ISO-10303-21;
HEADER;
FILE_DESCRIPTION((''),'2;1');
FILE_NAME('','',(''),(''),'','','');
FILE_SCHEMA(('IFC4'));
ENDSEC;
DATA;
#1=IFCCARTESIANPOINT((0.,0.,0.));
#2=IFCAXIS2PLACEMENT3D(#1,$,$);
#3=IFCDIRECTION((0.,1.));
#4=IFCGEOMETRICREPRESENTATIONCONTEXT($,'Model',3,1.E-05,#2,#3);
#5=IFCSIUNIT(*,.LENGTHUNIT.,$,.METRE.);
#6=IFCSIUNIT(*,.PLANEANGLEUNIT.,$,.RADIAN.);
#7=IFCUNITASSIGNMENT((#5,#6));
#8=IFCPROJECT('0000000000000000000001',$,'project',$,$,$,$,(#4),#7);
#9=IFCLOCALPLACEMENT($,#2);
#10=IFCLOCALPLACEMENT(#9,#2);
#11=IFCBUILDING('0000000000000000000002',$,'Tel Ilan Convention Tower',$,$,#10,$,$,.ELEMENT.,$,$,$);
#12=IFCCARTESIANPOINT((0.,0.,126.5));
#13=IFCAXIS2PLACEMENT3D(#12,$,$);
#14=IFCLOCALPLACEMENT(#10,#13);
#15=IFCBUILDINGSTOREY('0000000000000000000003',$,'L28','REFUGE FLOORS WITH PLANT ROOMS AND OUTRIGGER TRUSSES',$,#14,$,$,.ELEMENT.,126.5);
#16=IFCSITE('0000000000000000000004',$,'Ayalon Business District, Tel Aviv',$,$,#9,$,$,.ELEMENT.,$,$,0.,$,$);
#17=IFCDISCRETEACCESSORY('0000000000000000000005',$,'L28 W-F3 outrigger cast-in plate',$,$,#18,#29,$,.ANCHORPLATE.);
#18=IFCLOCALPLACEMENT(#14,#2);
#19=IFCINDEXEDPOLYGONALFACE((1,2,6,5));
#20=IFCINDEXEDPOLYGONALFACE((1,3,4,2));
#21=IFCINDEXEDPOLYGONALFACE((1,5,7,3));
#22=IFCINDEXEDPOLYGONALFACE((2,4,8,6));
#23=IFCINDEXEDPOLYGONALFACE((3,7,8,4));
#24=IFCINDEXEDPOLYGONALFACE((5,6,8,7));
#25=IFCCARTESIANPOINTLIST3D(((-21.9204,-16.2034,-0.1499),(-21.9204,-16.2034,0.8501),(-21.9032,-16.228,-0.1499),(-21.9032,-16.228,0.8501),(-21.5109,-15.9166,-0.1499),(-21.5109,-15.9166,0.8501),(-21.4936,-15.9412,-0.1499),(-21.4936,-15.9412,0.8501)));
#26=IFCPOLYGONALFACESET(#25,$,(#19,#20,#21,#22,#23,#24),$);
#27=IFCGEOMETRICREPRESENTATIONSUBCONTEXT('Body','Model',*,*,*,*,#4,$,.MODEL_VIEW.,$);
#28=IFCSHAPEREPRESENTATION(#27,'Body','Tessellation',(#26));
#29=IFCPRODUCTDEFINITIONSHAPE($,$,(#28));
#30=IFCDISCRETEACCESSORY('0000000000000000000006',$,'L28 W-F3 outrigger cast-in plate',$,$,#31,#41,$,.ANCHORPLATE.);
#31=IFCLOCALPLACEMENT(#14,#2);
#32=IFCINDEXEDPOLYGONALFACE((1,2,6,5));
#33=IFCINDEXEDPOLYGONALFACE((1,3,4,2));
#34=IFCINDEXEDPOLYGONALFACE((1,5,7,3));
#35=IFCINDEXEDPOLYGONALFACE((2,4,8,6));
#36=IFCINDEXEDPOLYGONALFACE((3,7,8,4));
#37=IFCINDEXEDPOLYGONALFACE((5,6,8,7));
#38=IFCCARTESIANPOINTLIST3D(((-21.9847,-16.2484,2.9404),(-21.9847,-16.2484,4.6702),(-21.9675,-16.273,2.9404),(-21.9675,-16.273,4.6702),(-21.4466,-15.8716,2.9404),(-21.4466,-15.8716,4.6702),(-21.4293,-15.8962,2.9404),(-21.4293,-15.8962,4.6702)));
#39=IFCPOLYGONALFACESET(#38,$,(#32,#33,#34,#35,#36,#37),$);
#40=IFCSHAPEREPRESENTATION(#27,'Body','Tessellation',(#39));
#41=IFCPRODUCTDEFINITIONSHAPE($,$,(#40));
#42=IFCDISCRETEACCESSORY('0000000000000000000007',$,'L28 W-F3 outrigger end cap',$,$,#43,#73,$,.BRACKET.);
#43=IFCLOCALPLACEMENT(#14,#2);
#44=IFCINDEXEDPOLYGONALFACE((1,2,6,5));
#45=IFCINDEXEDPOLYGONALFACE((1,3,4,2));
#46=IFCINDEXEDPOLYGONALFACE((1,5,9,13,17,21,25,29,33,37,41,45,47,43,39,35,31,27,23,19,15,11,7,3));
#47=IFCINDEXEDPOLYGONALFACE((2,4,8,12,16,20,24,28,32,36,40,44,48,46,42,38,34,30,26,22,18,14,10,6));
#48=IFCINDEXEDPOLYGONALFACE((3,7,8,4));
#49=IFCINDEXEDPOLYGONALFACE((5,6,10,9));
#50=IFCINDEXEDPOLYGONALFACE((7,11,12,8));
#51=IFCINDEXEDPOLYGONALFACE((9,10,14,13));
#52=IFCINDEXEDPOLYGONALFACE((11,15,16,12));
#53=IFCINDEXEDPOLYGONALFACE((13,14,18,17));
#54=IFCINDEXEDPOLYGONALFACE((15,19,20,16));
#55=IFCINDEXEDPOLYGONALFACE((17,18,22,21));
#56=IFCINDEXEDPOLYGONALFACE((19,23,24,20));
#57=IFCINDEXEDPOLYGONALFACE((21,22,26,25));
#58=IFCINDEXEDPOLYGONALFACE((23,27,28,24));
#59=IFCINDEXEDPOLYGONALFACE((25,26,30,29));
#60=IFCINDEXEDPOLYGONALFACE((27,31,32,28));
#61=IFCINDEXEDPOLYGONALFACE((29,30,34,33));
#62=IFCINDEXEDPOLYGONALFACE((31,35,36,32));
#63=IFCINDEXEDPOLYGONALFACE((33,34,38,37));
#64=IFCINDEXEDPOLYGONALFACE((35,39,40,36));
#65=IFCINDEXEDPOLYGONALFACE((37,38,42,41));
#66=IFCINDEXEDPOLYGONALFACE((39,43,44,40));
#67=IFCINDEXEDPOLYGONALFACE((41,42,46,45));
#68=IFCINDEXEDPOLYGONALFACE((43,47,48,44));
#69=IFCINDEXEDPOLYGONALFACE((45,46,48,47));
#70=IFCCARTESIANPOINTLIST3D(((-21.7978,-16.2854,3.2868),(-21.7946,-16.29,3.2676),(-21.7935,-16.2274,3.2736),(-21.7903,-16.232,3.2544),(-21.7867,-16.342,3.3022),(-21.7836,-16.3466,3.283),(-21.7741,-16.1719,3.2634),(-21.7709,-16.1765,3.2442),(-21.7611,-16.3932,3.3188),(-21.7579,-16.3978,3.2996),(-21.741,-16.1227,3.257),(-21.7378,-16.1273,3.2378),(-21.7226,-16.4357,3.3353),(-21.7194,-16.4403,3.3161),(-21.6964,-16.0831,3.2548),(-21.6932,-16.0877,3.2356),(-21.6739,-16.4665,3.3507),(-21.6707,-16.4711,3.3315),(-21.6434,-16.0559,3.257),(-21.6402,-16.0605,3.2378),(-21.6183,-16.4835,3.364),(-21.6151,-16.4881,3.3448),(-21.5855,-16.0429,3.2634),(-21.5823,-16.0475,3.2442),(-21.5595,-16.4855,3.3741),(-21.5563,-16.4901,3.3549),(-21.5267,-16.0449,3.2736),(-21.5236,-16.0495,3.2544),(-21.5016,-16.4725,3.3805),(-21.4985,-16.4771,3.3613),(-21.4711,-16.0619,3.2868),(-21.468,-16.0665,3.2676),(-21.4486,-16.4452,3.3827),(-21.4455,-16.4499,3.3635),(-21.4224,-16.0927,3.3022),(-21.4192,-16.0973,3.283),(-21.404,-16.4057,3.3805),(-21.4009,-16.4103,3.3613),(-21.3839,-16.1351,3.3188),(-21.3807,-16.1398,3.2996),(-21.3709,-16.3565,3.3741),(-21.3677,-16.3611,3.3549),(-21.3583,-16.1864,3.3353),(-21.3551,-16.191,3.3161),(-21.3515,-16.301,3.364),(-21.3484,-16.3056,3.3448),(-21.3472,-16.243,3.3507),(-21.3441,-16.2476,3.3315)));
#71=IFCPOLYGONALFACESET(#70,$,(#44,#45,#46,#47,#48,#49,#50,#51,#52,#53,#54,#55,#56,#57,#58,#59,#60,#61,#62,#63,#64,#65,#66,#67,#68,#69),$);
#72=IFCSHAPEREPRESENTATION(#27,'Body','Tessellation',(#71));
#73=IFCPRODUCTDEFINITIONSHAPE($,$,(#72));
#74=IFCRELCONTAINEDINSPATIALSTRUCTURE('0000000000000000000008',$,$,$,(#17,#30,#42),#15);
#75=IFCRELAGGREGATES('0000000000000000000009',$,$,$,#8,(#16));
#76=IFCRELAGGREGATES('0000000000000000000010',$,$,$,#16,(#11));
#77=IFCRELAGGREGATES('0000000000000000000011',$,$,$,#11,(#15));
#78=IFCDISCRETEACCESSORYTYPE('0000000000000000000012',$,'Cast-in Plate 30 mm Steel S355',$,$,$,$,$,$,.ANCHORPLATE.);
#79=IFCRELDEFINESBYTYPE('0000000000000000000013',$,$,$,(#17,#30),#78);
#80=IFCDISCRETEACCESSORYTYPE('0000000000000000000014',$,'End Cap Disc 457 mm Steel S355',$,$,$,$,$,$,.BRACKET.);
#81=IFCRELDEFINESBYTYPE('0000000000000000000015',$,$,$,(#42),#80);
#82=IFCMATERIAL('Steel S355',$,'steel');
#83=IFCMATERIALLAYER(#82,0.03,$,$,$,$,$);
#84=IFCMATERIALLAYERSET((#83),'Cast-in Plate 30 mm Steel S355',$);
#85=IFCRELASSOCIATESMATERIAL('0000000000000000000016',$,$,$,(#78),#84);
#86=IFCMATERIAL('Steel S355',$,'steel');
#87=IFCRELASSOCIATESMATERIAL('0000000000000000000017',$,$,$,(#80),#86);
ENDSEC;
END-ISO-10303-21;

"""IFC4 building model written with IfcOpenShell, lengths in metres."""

from ifc_helpers import new_model, si_unit, direction, frame, origin, origin_2d, place, context, subcontext, project, spatial, rectangle, circle, extrude, material, layer, layer_set, material_profile, profile_set, type_object, element, save


model = new_model("IFC4")

# Units and contexts
model_context = context("Model", 3, precision=1e-05, world=origin(), true_north=direction((0.0, 1.0)))
body_context = subcontext(model_context, "Body", "Model", "MODEL_VIEW")
ifc_project = project(units=[si_unit("LENGTHUNIT", "METRE"), si_unit("PLANEANGLEUNIT", "RADIAN")], contexts=[model_context])

# Site, building, storey
site_placement = place(None, origin())
site = spatial("IfcSite", under=ifc_project, at=site_placement, Name="Ayalon Business District, Tel Aviv", CompositionType="ELEMENT", RefElevation=0.0)
building_placement = place(site_placement, origin())
building = spatial("IfcBuilding", under=site, at=building_placement, Name="Tel Ilan Convention Tower", CompositionType="ELEMENT")
storey_placement = place(building_placement, frame((0.0, 0.0, 126.5)))
storey = spatial("IfcBuildingStorey", under=building, at=storey_placement, Name="L28", Description="REFUGE FLOORS WITH PLANT ROOMS AND OUTRIGGER TRUSSES", CompositionType="ELEMENT", Elevation=126.5)

# Discrete accessories
ifc_material_1 = material(Name="Steel S355", Category="steel")
ifc_layer_1 = layer(ifc_material_1, 0.03)
ifc_layer_set_1 = layer_set([ifc_layer_1], Name="Cast-in Plate 30 mm Steel S355")
discrete_accessory_type_1 = type_object("IfcDiscreteAccessoryType", Name="Cast-in Plate 30 mm Steel S355", PredefinedType="ANCHORPLATE", material=ifc_layer_set_1)
discrete_accessory_1_placement = place(storey_placement, frame((-21.707, -16.0723, -0.1499), z_axis=(0.0, 0.0, 1.0), x_axis=(-0.573576, 0.819152, 0.0)))
element("IfcDiscreteAccessory", 1, at=discrete_accessory_1_placement, inside=storey, type_object=discrete_accessory_type_1, Name="L28 W-F3 outrigger cast-in plate", PredefinedType="ANCHORPLATE", context=body_context, shape_type="SweptSolid", body=[
    extrude(rectangle(XDim=0.03, YDim=0.5, at=origin_2d()), origin(), (0.0, 0.0, 1.0), 1.0),
])
discrete_accessory_2_placement = place(storey_placement, frame((-21.707, -16.0723, 2.9404), z_axis=(0.0, 0.0, 1.0), x_axis=(-0.573576, 0.819152, 0.0)))
element("IfcDiscreteAccessory", 2, at=discrete_accessory_2_placement, inside=storey, type_object=discrete_accessory_type_1, Name="L28 W-F3 outrigger cast-in plate", PredefinedType="ANCHORPLATE", context=body_context, shape_type="SweptSolid", body=[
    extrude(rectangle(XDim=0.03, YDim=0.657, at=origin_2d()), origin(), (0.0, 0.0, 1.0), 1.7297),
])
ifc_material_2 = material(Name="Steel S355", Category="steel")
ifc_material_profile_1 = material_profile(ifc_material_2, circle(Radius=0.2285, at=origin_2d()), Name="End Cap Disc 457 mm Steel S355")
ifc_profile_set_1 = profile_set([ifc_material_profile_1], Name="Steel S355")
discrete_accessory_type_2 = type_object("IfcDiscreteAccessoryType", Name="End Cap Disc 457 mm Steel S355", PredefinedType="BRACKET", material=ifc_profile_set_1)
discrete_accessory_3_placement = place(storey_placement, frame((-21.5693, -16.2688, 3.2996), z_axis=(-0.157985, 0.230902, 0.960065), x_axis=(-0.825307, -0.564684, 0.0)))
element("IfcDiscreteAccessory", 3, at=discrete_accessory_3_placement, inside=storey, type_object=discrete_accessory_type_2, Name="L28 W-F3 outrigger end cap", PredefinedType="BRACKET", context=body_context, shape_type="SweptSolid", body=[
    extrude(circle(Radius=0.2285, at=origin_2d()), origin(), (0.0, 0.0, 1.0), 0.02),
])

save(model, "model.ifc")
